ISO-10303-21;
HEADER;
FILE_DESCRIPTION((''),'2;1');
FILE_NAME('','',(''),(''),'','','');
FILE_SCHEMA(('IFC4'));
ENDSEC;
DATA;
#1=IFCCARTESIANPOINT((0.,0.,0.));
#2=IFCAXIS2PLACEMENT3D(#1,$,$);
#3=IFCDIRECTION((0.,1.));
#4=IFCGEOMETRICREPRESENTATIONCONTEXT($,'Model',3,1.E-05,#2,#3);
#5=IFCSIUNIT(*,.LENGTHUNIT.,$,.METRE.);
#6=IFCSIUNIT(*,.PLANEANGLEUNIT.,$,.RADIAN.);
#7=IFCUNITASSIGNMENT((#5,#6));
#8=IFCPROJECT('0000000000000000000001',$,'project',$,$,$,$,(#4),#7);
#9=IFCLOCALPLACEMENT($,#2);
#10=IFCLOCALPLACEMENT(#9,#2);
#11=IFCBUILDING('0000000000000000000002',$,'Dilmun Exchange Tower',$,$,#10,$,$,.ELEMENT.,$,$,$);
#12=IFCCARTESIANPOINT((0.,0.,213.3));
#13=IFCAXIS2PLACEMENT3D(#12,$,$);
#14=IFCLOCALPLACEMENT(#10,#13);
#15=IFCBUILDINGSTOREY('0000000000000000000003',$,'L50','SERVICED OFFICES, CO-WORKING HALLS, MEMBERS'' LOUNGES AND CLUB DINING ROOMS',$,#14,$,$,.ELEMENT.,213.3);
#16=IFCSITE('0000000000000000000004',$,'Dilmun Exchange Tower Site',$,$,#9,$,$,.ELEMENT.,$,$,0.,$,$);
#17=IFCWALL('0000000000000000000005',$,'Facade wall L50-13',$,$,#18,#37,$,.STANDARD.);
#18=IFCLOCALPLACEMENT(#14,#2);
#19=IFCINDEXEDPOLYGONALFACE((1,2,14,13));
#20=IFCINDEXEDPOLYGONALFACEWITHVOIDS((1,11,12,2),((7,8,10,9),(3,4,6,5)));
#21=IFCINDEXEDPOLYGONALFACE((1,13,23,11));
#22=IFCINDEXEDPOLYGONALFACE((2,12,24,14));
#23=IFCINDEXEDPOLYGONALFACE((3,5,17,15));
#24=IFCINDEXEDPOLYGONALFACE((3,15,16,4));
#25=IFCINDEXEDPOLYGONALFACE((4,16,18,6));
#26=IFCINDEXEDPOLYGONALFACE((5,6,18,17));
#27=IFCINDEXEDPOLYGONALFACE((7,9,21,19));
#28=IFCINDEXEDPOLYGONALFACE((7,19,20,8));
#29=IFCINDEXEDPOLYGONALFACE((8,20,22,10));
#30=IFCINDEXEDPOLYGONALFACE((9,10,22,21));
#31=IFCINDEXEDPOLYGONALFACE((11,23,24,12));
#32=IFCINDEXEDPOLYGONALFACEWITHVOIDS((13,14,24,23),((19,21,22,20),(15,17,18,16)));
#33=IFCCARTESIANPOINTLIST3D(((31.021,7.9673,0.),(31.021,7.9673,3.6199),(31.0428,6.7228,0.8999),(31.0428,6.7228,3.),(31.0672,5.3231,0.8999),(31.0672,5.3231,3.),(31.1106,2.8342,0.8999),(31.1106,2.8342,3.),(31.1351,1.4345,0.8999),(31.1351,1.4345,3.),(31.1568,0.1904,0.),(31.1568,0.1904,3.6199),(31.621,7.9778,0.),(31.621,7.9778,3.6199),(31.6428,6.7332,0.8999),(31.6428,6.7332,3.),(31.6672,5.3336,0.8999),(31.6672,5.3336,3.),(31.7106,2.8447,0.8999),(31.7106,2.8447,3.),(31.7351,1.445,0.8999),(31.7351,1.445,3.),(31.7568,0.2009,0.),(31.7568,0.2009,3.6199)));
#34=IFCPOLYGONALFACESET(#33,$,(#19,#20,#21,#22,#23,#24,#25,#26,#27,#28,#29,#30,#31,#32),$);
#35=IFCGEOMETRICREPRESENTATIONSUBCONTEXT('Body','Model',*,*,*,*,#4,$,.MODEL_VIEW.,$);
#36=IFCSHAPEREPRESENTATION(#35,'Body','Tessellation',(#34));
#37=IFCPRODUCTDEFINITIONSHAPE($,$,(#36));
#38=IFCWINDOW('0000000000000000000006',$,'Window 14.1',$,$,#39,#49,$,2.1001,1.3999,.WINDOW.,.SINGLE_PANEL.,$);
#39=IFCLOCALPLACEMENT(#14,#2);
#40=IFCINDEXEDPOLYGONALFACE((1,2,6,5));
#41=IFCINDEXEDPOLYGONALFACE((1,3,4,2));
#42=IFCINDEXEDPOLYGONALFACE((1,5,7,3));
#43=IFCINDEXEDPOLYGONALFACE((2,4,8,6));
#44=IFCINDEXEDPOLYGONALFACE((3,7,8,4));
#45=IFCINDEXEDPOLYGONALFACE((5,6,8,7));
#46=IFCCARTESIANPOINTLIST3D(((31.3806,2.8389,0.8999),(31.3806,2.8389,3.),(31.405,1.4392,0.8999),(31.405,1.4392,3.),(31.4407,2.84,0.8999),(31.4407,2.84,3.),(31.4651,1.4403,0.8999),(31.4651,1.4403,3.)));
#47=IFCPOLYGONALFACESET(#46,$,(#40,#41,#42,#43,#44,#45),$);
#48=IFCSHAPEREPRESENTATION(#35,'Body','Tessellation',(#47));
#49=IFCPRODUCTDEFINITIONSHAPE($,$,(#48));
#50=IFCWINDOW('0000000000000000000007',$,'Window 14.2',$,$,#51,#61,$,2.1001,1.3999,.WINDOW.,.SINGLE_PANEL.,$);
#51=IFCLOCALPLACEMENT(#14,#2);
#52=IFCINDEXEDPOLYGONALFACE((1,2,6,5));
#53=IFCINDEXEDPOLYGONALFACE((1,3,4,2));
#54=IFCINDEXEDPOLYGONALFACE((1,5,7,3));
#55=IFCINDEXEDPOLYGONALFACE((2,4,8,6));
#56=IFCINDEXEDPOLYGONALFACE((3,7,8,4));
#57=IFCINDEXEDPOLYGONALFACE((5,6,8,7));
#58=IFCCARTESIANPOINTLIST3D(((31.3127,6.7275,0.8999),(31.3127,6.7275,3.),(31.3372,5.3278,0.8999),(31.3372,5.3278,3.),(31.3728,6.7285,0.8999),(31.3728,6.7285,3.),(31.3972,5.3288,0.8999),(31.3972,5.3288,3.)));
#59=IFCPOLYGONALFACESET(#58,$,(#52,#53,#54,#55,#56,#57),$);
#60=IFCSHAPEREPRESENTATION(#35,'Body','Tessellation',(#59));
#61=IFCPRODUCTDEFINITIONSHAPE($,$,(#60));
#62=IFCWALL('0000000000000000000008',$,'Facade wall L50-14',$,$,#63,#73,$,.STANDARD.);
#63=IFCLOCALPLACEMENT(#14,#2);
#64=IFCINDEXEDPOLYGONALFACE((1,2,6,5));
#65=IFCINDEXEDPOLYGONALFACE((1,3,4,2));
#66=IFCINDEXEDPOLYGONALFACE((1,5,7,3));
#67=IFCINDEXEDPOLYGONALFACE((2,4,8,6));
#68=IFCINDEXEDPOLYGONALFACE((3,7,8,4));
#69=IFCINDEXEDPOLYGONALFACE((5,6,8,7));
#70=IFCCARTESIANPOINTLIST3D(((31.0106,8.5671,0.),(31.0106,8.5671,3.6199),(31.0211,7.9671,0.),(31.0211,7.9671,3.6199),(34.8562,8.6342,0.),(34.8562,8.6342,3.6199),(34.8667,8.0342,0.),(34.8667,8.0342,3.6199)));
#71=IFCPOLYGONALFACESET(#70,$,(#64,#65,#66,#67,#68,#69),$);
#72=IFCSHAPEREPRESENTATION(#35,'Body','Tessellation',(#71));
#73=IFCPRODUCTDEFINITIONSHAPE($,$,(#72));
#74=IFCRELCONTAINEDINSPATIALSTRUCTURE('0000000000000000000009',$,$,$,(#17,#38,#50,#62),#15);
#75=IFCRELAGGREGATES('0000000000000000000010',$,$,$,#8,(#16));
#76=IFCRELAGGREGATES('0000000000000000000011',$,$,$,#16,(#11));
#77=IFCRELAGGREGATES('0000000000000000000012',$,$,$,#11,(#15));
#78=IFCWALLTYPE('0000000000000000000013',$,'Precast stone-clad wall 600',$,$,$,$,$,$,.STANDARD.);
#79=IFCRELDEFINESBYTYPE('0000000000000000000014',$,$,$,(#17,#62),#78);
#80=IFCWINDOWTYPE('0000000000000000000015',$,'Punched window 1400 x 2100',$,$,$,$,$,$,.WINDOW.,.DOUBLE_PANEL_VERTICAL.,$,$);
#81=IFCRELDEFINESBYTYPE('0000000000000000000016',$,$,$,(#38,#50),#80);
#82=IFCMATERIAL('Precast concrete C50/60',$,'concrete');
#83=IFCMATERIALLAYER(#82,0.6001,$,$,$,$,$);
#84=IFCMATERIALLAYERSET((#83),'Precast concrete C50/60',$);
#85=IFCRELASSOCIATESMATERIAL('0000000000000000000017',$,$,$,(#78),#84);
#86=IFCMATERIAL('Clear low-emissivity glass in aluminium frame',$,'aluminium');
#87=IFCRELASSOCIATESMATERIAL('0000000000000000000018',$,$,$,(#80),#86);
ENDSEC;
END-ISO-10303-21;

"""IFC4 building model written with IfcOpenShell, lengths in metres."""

from ifc_helpers import new_model, si_unit, direction, frame, frame_2d, origin, place, context, subcontext, project, spatial, rectangle, extrude, material, layer, layer_set, type_object, element, fill, save


model = new_model("IFC4")

# Units and contexts
model_context = context("Model", 3, precision=1e-05, world=origin(), true_north=direction((0.0, 1.0)))
body_context = subcontext(model_context, "Body", "Model", "MODEL_VIEW")
ifc_project = project(units=[si_unit("LENGTHUNIT", "METRE"), si_unit("PLANEANGLEUNIT", "RADIAN")], contexts=[model_context])

# Site, building, storey
site_placement = place(None, origin())
site = spatial("IfcSite", under=ifc_project, at=site_placement, Name="Dilmun Exchange Tower Site", CompositionType="ELEMENT", RefElevation=0.0)
building_placement = place(site_placement, origin())
building = spatial("IfcBuilding", under=site, at=building_placement, Name="Dilmun Exchange Tower", CompositionType="ELEMENT")
storey_placement = place(building_placement, frame((0.0, 0.0, 213.3)))
storey = spatial("IfcBuildingStorey", under=building, at=storey_placement, Name="L50", Description="SERVICED OFFICES, CO-WORKING HALLS, MEMBERS' LOUNGES AND CLUB DINING ROOMS", CompositionType="ELEMENT", Elevation=213.3)

# Wall, openings, windows
ifc_material_1 = material(Name="Precast concrete C50/60", Category="concrete")
ifc_layer_1 = layer(ifc_material_1, 0.6001)
ifc_layer_set_1 = layer_set([ifc_layer_1], Name="Precast concrete C50/60")
wall_type_1 = type_object("IfcWallType", Name="Precast stone-clad wall 600", PredefinedType="STANDARD", material=ifc_layer_set_1)
wall_1_placement = place(storey_placement, frame((31.4568, 0.1956, 0.0), z_axis=(0.0, 0.0, 1.0), x_axis=(-0.017452, 0.999848, 0.0)))
wall_1 = element("IfcWall", 1, at=wall_1_placement, inside=storey, type_object=wall_type_1, Name="Facade wall L50-13", PredefinedType="STANDARD", context=body_context, shape_type="SweptSolid", body=[
    extrude(rectangle(XDim=7.7781, YDim=0.6001, at=frame_2d((3.8892, 0.0))), origin(), (0.0, 0.0, 1.0), 3.6199),
])
opening_1_placement = place(wall_1_placement, frame((1.2444, 0.0, 0.8999)))
opening_1 = element("IfcOpeningElement", 2, at=opening_1_placement, cuts=wall_1, PredefinedType="OPENING", context=body_context, shape_type="SweptSolid", body=[
    extrude(rectangle(XDim=1.3999, YDim=2.1001, at=frame_2d((0.7, 1.05))), frame((0.0, 0.3101, 0.0), z_axis=(0.0, -1.0, 0.0), x_axis=(1.0, 0.0, 0.0)), (0.0, 0.0, 1.0), 0.6201),
])
opening_2_placement = place(wall_1_placement, frame((5.1335, 0.0, 0.8999)))
opening_2 = element("IfcOpeningElement", 3, at=opening_2_placement, cuts=wall_1, PredefinedType="OPENING", context=body_context, shape_type="SweptSolid", body=[
    extrude(rectangle(XDim=1.3999, YDim=2.1001, at=frame_2d((0.7, 1.05))), frame((0.0, 0.3101, 0.0), z_axis=(0.0, -1.0, 0.0), x_axis=(1.0, 0.0, 0.0)), (0.0, 0.0, 1.0), 0.6201),
])
ifc_material_2 = material(Name="Clear low-emissivity glass in aluminium frame", Category="aluminium")
window_type_1 = type_object("IfcWindowType", Name="Punched window 1400 x 2100", PartitioningType="DOUBLE_PANEL_VERTICAL", PredefinedType="WINDOW", material=ifc_material_2)
window_1_placement = place(opening_1_placement, origin())
window_1 = element("IfcWindow", 4, at=window_1_placement, inside=storey, type_object=window_type_1, Name="Window 14.1", OverallHeight=2.1001, OverallWidth=1.3999, PartitioningType="SINGLE_PANEL", PredefinedType="WINDOW", context=body_context, shape_type="SweptSolid", body=[
    extrude(rectangle(XDim=1.3999, YDim=2.1001, at=frame_2d((0.7, 1.05))), frame((0.0, 0.03, 0.0), z_axis=(0.0, -1.0, 0.0), x_axis=(1.0, 0.0, 0.0)), (0.0, 0.0, 1.0), 0.0601),
])
fill(opening_1, window_1)
window_2_placement = place(opening_2_placement, origin())
window_2 = element("IfcWindow", 5, at=window_2_placement, inside=storey, type_object=window_type_1, Name="Window 14.2", OverallHeight=2.1001, OverallWidth=1.3999, PartitioningType="SINGLE_PANEL", PredefinedType="WINDOW", context=body_context, shape_type="SweptSolid", body=[
    extrude(rectangle(XDim=1.3999, YDim=2.1001, at=frame_2d((0.7, 1.05))), frame((0.0, 0.03, 0.0), z_axis=(0.0, -1.0, 0.0), x_axis=(1.0, 0.0, 0.0)), (0.0, 0.0, 1.0), 0.0601),
])
fill(opening_2, window_2)

# Wall
wall_2_placement = place(storey_placement, frame((31.0159, 8.2671, 0.0), z_axis=(0.0, 0.0, 1.0), x_axis=(0.999848, 0.017455, 0.0)))
element("IfcWall", 6, at=wall_2_placement, inside=storey, type_object=wall_type_1, Name="Facade wall L50-14", PredefinedType="STANDARD", context=body_context, shape_type="SweptSolid", body=[
    extrude(rectangle(XDim=3.8462, YDim=0.6001, at=frame_2d((1.9231, 0.0))), origin(), (0.0, 0.0, 1.0), 3.6199),
])

save(model, "model.ifc")
